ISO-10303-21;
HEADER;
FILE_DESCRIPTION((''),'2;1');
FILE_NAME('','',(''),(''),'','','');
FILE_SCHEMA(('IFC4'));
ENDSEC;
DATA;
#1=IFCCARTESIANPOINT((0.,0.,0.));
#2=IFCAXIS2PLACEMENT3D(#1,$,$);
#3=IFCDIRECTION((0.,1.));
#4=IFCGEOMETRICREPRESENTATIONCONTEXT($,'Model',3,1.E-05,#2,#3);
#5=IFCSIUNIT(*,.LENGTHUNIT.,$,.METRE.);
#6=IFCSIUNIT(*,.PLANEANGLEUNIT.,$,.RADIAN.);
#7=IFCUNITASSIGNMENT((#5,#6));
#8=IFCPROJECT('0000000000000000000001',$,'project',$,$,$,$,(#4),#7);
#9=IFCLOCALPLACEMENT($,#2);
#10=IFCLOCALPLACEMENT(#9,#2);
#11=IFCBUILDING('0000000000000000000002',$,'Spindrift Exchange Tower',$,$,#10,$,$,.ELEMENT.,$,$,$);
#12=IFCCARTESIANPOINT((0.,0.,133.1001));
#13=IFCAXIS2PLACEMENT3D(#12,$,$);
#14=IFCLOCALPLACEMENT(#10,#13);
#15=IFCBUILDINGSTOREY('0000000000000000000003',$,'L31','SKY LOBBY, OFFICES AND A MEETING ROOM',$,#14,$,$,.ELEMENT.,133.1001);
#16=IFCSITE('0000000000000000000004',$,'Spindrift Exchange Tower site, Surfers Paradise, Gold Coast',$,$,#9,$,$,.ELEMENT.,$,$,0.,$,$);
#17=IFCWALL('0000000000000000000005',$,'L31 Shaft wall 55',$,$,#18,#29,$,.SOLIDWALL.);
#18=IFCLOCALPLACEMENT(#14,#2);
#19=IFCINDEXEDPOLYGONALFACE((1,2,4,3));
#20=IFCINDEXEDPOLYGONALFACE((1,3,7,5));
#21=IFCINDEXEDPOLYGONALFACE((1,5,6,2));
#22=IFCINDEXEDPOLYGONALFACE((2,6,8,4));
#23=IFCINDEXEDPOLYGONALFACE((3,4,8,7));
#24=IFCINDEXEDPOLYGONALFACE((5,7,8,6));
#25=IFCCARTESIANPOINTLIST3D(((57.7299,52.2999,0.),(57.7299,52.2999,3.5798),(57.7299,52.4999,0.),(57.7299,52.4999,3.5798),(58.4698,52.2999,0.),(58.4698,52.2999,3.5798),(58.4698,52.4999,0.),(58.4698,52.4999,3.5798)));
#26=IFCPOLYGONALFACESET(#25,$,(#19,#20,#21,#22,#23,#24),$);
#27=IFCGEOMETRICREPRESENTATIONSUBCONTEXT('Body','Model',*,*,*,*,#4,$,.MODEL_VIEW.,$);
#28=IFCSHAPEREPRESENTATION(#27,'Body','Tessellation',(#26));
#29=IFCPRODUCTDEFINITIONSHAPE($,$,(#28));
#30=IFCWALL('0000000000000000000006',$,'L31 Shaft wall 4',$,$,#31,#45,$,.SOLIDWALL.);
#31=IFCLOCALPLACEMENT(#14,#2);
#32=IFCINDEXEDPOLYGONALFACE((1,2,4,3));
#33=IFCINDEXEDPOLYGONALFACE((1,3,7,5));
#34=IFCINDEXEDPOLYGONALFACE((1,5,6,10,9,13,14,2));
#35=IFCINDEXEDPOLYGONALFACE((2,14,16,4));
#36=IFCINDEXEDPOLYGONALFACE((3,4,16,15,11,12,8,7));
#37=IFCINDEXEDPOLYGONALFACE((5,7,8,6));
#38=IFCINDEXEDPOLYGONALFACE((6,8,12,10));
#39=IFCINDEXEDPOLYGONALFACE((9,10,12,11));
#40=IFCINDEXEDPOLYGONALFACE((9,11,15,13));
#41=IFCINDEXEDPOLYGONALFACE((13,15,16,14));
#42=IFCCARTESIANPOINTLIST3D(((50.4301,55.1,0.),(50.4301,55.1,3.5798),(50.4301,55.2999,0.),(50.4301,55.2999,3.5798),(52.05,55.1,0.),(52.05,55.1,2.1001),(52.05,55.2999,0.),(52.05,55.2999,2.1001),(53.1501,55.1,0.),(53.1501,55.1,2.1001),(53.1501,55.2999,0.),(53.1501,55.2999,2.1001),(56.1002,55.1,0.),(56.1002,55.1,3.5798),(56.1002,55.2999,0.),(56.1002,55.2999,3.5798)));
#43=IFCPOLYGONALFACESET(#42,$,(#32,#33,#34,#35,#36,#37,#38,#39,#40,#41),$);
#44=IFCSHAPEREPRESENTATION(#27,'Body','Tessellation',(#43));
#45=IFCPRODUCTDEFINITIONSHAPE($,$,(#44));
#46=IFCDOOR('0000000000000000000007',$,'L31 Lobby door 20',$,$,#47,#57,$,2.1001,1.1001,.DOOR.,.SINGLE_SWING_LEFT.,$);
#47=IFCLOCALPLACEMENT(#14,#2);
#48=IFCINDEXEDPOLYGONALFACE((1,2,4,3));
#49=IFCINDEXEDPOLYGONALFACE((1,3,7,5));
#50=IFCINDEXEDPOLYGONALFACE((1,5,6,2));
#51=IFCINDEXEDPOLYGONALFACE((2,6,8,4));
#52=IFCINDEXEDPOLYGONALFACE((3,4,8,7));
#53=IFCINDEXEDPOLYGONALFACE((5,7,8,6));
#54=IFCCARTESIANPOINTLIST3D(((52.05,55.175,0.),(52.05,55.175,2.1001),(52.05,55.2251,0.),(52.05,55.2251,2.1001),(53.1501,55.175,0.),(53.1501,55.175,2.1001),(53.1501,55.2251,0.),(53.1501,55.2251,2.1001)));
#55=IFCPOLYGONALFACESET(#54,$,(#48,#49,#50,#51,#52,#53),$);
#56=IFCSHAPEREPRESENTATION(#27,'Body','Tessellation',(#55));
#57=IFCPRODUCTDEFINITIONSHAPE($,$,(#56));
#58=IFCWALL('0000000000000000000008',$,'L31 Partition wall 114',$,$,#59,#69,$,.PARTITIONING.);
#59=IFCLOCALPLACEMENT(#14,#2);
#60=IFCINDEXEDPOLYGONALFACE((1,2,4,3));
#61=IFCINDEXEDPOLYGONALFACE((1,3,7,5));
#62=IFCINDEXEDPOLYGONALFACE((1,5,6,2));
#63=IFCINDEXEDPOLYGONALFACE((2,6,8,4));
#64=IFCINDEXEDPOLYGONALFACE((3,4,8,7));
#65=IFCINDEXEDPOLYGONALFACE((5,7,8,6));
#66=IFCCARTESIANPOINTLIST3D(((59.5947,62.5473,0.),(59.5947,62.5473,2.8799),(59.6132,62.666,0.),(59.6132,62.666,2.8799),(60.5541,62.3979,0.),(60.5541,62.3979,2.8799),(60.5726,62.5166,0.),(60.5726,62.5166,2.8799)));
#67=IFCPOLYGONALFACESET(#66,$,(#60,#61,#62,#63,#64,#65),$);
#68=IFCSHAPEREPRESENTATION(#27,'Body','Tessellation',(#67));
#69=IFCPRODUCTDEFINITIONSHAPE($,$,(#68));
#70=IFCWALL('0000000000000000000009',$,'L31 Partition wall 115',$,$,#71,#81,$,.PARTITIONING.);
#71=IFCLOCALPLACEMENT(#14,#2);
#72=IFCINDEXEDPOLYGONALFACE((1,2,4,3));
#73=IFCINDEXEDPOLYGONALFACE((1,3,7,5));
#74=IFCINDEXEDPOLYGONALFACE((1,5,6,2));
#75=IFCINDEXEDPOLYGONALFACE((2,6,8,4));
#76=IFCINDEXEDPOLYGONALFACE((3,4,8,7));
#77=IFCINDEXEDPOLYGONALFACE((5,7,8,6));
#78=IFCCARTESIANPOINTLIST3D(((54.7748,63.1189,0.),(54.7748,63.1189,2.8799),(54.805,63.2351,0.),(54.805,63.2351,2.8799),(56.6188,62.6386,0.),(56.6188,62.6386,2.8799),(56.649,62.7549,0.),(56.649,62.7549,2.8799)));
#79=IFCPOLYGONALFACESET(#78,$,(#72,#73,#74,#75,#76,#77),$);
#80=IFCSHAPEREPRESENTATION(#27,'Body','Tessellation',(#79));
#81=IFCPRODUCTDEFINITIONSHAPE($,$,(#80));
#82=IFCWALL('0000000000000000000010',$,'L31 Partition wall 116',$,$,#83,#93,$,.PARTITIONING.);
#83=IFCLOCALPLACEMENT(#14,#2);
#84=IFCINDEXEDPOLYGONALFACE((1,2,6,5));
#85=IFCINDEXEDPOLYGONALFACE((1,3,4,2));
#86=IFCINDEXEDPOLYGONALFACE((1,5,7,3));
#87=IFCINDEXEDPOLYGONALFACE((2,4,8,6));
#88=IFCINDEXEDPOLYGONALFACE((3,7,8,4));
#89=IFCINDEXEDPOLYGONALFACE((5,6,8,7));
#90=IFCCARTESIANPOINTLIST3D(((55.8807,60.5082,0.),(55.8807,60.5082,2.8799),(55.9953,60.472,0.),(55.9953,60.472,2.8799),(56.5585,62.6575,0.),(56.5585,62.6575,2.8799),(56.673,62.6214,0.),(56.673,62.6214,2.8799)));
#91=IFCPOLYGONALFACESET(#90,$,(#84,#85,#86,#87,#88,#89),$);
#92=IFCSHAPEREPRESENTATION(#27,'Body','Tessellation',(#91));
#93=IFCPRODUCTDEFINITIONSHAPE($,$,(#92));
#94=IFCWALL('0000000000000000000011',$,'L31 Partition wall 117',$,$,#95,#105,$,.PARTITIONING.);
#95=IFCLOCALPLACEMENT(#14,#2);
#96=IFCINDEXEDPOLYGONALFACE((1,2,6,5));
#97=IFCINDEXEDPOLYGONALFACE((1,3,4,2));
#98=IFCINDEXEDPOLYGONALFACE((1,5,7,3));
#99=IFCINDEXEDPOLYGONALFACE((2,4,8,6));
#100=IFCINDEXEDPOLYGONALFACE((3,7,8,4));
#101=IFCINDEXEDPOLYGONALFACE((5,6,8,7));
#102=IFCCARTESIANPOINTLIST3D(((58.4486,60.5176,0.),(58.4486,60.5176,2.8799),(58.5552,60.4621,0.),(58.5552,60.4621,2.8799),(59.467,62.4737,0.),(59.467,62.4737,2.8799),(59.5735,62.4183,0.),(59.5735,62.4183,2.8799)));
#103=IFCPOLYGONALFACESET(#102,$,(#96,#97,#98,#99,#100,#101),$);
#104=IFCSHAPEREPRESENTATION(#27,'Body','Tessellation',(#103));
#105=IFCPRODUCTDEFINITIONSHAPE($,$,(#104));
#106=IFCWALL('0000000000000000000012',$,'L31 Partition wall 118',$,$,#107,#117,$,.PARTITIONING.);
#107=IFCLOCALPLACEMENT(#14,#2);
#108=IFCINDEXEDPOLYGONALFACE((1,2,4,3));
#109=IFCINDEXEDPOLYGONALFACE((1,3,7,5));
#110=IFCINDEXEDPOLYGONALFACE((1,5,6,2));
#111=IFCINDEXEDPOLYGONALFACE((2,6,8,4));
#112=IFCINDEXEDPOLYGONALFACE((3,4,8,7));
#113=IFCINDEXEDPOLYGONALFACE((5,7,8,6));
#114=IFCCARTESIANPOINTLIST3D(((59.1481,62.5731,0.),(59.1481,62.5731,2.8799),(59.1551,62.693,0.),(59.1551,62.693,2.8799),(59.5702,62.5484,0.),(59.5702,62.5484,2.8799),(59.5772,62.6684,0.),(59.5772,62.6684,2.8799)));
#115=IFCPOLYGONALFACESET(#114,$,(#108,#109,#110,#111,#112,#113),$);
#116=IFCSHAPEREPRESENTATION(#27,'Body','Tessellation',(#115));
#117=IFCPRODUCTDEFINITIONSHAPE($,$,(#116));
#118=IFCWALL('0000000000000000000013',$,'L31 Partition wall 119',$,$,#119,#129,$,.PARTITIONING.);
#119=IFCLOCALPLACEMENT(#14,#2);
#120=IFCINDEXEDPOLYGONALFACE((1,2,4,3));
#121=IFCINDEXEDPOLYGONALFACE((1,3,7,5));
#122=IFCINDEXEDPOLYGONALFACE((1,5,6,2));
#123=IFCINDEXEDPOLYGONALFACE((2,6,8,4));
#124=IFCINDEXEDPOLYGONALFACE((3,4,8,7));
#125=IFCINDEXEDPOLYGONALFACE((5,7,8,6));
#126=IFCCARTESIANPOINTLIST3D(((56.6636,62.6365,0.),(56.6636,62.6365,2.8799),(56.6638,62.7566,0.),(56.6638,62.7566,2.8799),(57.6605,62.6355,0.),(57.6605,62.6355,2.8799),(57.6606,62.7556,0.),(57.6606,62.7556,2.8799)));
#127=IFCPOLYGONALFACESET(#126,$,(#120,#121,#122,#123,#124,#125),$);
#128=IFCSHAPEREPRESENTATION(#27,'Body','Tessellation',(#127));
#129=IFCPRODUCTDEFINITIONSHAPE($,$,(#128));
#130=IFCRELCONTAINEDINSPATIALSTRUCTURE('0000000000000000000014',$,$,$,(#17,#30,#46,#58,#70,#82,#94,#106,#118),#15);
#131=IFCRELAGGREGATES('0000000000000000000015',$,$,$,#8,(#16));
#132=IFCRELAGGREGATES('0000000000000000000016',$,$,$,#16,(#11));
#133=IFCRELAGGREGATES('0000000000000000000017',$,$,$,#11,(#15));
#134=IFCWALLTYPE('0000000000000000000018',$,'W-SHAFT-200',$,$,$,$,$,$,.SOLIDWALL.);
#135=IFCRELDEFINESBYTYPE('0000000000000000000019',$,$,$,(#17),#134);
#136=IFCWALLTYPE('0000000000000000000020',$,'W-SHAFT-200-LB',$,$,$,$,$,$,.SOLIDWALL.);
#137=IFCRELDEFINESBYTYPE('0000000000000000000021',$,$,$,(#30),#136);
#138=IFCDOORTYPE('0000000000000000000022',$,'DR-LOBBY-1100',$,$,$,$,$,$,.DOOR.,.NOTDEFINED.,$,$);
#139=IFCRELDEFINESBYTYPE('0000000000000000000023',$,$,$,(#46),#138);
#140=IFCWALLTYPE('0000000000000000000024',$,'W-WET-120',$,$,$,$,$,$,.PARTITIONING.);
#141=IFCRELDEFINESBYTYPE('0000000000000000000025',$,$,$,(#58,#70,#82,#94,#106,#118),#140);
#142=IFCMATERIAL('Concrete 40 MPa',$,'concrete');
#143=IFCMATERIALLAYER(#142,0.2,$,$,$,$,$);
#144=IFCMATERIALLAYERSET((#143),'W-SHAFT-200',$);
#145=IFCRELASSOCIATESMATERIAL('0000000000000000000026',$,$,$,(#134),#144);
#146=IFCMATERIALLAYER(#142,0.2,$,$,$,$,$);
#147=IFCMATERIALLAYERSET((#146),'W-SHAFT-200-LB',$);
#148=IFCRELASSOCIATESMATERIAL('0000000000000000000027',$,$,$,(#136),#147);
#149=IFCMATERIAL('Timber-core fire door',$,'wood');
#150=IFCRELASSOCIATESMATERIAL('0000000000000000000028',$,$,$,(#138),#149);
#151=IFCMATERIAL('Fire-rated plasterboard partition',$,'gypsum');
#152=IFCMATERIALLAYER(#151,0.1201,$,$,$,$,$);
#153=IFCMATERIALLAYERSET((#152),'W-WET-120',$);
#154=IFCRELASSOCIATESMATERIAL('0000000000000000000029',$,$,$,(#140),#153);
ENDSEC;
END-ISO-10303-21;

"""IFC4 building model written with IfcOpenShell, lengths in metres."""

from ifc_helpers import new_model, si_unit, direction, frame, frame_2d, origin, place, context, subcontext, project, spatial, rectangle, extrude, source, transform, mapped, material, layer, layer_set, type_object, element, fill, save


model = new_model("IFC4")

# Units and contexts
model_context = context("Model", 3, precision=1e-05, world=origin(), true_north=direction((0.0, 1.0)))
body_context = subcontext(model_context, "Body", "Model", "MODEL_VIEW")
ifc_project = project(units=[si_unit("LENGTHUNIT", "METRE"), si_unit("PLANEANGLEUNIT", "RADIAN")], contexts=[model_context])

# Site, building, storey
site_placement = place(None, origin())
site = spatial("IfcSite", under=ifc_project, at=site_placement, Name="Spindrift Exchange Tower site, Surfers Paradise, Gold Coast", CompositionType="ELEMENT", RefElevation=0.0)
building_placement = place(site_placement, origin())
building = spatial("IfcBuilding", under=site, at=building_placement, Name="Spindrift Exchange Tower", CompositionType="ELEMENT")
storey_placement = place(building_placement, frame((0.0, 0.0, 133.1001)))
storey = spatial("IfcBuildingStorey", under=building, at=storey_placement, Name="L31", Description="SKY LOBBY, OFFICES AND A MEETING ROOM", CompositionType="ELEMENT", Elevation=133.1001)

# Shared definitions
ifc_material_1 = material(Name="Fire-rated plasterboard partition", Category="gypsum")

# Shared definitions
ifc_material_2 = material(Name="Concrete 40 MPa", Category="concrete")
ifc_layer_1 = layer(ifc_material_2, 0.2)
ifc_layer_set_1 = layer_set([ifc_layer_1], Name="W-SHAFT-200")
wall_type_1 = type_object("IfcWallType", Name="W-SHAFT-200", PredefinedType="SOLIDWALL", material=ifc_layer_set_1)

# Wall
wall_1_placement = place(storey_placement, frame((58.47, 52.3999, 0.0), z_axis=(0.0, 0.0, 1.0), x_axis=(-1.0, 0.0, 0.0)))
element("IfcWall", 1, at=wall_1_placement, inside=storey, type_object=wall_type_1, Name="L31 Shaft wall 55", PredefinedType="SOLIDWALL", context=body_context, shape_type="SweptSolid", body=[
    extrude(rectangle(XDim=0.74, YDim=0.2, at=frame_2d((0.3701, 0.0))), origin(), (0.0, 0.0, 1.0), 3.5798),
])

# Wall, opening, door
ifc_layer_2 = layer(ifc_material_2, 0.2)
ifc_layer_set_2 = layer_set([ifc_layer_2], Name="W-SHAFT-200-LB")
wall_type_2 = type_object("IfcWallType", Name="W-SHAFT-200-LB", PredefinedType="SOLIDWALL", material=ifc_layer_set_2)
wall_2_placement = place(storey_placement, frame((56.1001, 55.2, 0.0), z_axis=(0.0, 0.0, 1.0), x_axis=(-1.0, 0.0, 0.0)))
wall_2 = element("IfcWall", 2, at=wall_2_placement, inside=storey, type_object=wall_type_2, Name="L31 Shaft wall 4", PredefinedType="SOLIDWALL", context=body_context, shape_type="SweptSolid", body=[
    extrude(rectangle(XDim=5.6702, YDim=0.2, at=frame_2d((2.835, 0.0))), origin(), (0.0, 0.0, 1.0), 3.5798),
])
opening_1_placement = place(wall_2_placement, frame((2.95, 0.0, 0.0)))
opening_1 = element("IfcOpeningElement", 3, at=opening_1_placement, cuts=wall_2, PredefinedType="OPENING", context=body_context, shape_type="SweptSolid", body=[
    extrude(rectangle(XDim=1.1001, YDim=2.1001, at=frame_2d((0.55, 1.05))), frame((0.0, 0.1099, 0.0), z_axis=(0.0, -1.0, 0.0), x_axis=(1.0, 0.0, 0.0)), (0.0, 0.0, 1.0), 0.22),
])
ifc_material_3 = material(Name="Timber-core fire door", Category="wood")
door_type_1 = type_object("IfcDoorType", Name="DR-LOBBY-1100", OperationType="NOTDEFINED", PredefinedType="DOOR", material=ifc_material_3)
shared_shape_1 = source(origin(), body_context, "Body", "SweptSolid", [
    extrude(rectangle(XDim=1.1001, YDim=2.1001, at=frame_2d((0.55, 1.05))), frame((0.0, 0.0249, 0.0), z_axis=(0.0, -1.0, 0.0), x_axis=(1.0, 0.0, 0.0)), (0.0, 0.0, 1.0), 0.05),
])
door_1_placement = place(opening_1_placement, origin())
door_1 = element("IfcDoor", 4, at=door_1_placement, inside=storey, type_object=door_type_1, Name="L31 Lobby door 20", OperationType="SINGLE_SWING_LEFT", OverallHeight=2.1001, OverallWidth=1.1001, PredefinedType="DOOR", context=body_context, shape_type="MappedRepresentation", body=[
    mapped(shared_shape_1, transform((0.0, 0.0, 0.0), scale=1.0)),
])
fill(opening_1, door_1)

# Walls
ifc_layer_3 = layer(ifc_material_1, 0.1201)
ifc_layer_set_3 = layer_set([ifc_layer_3], Name="W-WET-120")
wall_type_3 = type_object("IfcWallType", Name="W-WET-120", PredefinedType="PARTITIONING", material=ifc_layer_set_3)
wall_3_placement = place(storey_placement, frame((60.5632, 62.4573, 0.0), z_axis=(0.0, 0.0, 1.0), x_axis=(-0.988091, 0.153871, 0.0)))
element("IfcWall", 5, at=wall_3_placement, inside=storey, type_object=wall_type_3, Name="L31 Partition wall 114", PredefinedType="PARTITIONING", context=body_context, shape_type="SweptSolid", body=[
    extrude(rectangle(XDim=0.9709, YDim=0.1201, at=frame_2d((0.4854, 0.0))), origin(), (0.0, 0.0, 1.0), 2.8799),
])
wall_4_placement = place(storey_placement, frame((56.6338, 62.6968, 0.0), z_axis=(0.0, 0.0, 1.0), x_axis=(-0.967722, 0.25202, 0.0)))
element("IfcWall", 6, at=wall_4_placement, inside=storey, type_object=wall_type_3, Name="L31 Partition wall 115", PredefinedType="PARTITIONING", context=body_context, shape_type="SweptSolid", body=[
    extrude(rectangle(XDim=1.9055, YDim=0.1201, at=frame_2d((0.9526, 0.0))), origin(), (0.0, 0.0, 1.0), 2.8799),
])
wall_5_placement = place(storey_placement, frame((55.938, 60.49, 0.0), z_axis=(0.0, 0.0, 1.0), x_axis=(0.300717, 0.953714, 0.0)))
element("IfcWall", 7, at=wall_5_placement, inside=storey, type_object=wall_type_3, Name="L31 Partition wall 116", PredefinedType="PARTITIONING", context=body_context, shape_type="SweptSolid", body=[
    extrude(rectangle(XDim=2.2537, YDim=0.1201, at=frame_2d((1.127, 0.0))), origin(), (0.0, 0.0, 1.0), 2.8799),
])
wall_6_placement = place(storey_placement, frame((58.502, 60.49, 0.0), z_axis=(0.0, 0.0, 1.0), x_axis=(0.461767, 0.887001, 0.0)))
element("IfcWall", 8, at=wall_6_placement, inside=storey, type_object=wall_type_3, Name="L31 Partition wall 117", PredefinedType="PARTITIONING", context=body_context, shape_type="SweptSolid", body=[
    extrude(rectangle(XDim=2.2053, YDim=0.1201, at=frame_2d((1.1025, 0.0))), origin(), (0.0, 0.0, 1.0), 2.8799),
])
wall_7_placement = place(storey_placement, frame((59.5737, 62.6084, 0.0), z_axis=(0.0, 0.0, 1.0), x_axis=(-0.998298, 0.058316, 0.0)))
element("IfcWall", 9, at=wall_7_placement, inside=storey, type_object=wall_type_3, Name="L31 Partition wall 118", PredefinedType="PARTITIONING", context=body_context, shape_type="SweptSolid", body=[
    extrude(rectangle(XDim=0.4229, YDim=0.1201, at=frame_2d((0.2114, 0.0))), origin(), (0.0, 0.0, 1.0), 2.8799),
])
wall_8_placement = place(storey_placement, frame((57.6606, 62.6956, 0.0), z_axis=(0.0, 0.0, 1.0), x_axis=(-1.0, 0.00098, 0.0)))
element("IfcWall", 10, at=wall_8_placement, inside=storey, type_object=wall_type_3, Name="L31 Partition wall 119", PredefinedType="PARTITIONING", context=body_context, shape_type="SweptSolid", body=[
    extrude(rectangle(XDim=0.9968, YDim=0.1201, at=frame_2d((0.4985, 0.0))), origin(), (0.0, 0.0, 1.0), 2.8799),
])

save(model, "model.ifc")
